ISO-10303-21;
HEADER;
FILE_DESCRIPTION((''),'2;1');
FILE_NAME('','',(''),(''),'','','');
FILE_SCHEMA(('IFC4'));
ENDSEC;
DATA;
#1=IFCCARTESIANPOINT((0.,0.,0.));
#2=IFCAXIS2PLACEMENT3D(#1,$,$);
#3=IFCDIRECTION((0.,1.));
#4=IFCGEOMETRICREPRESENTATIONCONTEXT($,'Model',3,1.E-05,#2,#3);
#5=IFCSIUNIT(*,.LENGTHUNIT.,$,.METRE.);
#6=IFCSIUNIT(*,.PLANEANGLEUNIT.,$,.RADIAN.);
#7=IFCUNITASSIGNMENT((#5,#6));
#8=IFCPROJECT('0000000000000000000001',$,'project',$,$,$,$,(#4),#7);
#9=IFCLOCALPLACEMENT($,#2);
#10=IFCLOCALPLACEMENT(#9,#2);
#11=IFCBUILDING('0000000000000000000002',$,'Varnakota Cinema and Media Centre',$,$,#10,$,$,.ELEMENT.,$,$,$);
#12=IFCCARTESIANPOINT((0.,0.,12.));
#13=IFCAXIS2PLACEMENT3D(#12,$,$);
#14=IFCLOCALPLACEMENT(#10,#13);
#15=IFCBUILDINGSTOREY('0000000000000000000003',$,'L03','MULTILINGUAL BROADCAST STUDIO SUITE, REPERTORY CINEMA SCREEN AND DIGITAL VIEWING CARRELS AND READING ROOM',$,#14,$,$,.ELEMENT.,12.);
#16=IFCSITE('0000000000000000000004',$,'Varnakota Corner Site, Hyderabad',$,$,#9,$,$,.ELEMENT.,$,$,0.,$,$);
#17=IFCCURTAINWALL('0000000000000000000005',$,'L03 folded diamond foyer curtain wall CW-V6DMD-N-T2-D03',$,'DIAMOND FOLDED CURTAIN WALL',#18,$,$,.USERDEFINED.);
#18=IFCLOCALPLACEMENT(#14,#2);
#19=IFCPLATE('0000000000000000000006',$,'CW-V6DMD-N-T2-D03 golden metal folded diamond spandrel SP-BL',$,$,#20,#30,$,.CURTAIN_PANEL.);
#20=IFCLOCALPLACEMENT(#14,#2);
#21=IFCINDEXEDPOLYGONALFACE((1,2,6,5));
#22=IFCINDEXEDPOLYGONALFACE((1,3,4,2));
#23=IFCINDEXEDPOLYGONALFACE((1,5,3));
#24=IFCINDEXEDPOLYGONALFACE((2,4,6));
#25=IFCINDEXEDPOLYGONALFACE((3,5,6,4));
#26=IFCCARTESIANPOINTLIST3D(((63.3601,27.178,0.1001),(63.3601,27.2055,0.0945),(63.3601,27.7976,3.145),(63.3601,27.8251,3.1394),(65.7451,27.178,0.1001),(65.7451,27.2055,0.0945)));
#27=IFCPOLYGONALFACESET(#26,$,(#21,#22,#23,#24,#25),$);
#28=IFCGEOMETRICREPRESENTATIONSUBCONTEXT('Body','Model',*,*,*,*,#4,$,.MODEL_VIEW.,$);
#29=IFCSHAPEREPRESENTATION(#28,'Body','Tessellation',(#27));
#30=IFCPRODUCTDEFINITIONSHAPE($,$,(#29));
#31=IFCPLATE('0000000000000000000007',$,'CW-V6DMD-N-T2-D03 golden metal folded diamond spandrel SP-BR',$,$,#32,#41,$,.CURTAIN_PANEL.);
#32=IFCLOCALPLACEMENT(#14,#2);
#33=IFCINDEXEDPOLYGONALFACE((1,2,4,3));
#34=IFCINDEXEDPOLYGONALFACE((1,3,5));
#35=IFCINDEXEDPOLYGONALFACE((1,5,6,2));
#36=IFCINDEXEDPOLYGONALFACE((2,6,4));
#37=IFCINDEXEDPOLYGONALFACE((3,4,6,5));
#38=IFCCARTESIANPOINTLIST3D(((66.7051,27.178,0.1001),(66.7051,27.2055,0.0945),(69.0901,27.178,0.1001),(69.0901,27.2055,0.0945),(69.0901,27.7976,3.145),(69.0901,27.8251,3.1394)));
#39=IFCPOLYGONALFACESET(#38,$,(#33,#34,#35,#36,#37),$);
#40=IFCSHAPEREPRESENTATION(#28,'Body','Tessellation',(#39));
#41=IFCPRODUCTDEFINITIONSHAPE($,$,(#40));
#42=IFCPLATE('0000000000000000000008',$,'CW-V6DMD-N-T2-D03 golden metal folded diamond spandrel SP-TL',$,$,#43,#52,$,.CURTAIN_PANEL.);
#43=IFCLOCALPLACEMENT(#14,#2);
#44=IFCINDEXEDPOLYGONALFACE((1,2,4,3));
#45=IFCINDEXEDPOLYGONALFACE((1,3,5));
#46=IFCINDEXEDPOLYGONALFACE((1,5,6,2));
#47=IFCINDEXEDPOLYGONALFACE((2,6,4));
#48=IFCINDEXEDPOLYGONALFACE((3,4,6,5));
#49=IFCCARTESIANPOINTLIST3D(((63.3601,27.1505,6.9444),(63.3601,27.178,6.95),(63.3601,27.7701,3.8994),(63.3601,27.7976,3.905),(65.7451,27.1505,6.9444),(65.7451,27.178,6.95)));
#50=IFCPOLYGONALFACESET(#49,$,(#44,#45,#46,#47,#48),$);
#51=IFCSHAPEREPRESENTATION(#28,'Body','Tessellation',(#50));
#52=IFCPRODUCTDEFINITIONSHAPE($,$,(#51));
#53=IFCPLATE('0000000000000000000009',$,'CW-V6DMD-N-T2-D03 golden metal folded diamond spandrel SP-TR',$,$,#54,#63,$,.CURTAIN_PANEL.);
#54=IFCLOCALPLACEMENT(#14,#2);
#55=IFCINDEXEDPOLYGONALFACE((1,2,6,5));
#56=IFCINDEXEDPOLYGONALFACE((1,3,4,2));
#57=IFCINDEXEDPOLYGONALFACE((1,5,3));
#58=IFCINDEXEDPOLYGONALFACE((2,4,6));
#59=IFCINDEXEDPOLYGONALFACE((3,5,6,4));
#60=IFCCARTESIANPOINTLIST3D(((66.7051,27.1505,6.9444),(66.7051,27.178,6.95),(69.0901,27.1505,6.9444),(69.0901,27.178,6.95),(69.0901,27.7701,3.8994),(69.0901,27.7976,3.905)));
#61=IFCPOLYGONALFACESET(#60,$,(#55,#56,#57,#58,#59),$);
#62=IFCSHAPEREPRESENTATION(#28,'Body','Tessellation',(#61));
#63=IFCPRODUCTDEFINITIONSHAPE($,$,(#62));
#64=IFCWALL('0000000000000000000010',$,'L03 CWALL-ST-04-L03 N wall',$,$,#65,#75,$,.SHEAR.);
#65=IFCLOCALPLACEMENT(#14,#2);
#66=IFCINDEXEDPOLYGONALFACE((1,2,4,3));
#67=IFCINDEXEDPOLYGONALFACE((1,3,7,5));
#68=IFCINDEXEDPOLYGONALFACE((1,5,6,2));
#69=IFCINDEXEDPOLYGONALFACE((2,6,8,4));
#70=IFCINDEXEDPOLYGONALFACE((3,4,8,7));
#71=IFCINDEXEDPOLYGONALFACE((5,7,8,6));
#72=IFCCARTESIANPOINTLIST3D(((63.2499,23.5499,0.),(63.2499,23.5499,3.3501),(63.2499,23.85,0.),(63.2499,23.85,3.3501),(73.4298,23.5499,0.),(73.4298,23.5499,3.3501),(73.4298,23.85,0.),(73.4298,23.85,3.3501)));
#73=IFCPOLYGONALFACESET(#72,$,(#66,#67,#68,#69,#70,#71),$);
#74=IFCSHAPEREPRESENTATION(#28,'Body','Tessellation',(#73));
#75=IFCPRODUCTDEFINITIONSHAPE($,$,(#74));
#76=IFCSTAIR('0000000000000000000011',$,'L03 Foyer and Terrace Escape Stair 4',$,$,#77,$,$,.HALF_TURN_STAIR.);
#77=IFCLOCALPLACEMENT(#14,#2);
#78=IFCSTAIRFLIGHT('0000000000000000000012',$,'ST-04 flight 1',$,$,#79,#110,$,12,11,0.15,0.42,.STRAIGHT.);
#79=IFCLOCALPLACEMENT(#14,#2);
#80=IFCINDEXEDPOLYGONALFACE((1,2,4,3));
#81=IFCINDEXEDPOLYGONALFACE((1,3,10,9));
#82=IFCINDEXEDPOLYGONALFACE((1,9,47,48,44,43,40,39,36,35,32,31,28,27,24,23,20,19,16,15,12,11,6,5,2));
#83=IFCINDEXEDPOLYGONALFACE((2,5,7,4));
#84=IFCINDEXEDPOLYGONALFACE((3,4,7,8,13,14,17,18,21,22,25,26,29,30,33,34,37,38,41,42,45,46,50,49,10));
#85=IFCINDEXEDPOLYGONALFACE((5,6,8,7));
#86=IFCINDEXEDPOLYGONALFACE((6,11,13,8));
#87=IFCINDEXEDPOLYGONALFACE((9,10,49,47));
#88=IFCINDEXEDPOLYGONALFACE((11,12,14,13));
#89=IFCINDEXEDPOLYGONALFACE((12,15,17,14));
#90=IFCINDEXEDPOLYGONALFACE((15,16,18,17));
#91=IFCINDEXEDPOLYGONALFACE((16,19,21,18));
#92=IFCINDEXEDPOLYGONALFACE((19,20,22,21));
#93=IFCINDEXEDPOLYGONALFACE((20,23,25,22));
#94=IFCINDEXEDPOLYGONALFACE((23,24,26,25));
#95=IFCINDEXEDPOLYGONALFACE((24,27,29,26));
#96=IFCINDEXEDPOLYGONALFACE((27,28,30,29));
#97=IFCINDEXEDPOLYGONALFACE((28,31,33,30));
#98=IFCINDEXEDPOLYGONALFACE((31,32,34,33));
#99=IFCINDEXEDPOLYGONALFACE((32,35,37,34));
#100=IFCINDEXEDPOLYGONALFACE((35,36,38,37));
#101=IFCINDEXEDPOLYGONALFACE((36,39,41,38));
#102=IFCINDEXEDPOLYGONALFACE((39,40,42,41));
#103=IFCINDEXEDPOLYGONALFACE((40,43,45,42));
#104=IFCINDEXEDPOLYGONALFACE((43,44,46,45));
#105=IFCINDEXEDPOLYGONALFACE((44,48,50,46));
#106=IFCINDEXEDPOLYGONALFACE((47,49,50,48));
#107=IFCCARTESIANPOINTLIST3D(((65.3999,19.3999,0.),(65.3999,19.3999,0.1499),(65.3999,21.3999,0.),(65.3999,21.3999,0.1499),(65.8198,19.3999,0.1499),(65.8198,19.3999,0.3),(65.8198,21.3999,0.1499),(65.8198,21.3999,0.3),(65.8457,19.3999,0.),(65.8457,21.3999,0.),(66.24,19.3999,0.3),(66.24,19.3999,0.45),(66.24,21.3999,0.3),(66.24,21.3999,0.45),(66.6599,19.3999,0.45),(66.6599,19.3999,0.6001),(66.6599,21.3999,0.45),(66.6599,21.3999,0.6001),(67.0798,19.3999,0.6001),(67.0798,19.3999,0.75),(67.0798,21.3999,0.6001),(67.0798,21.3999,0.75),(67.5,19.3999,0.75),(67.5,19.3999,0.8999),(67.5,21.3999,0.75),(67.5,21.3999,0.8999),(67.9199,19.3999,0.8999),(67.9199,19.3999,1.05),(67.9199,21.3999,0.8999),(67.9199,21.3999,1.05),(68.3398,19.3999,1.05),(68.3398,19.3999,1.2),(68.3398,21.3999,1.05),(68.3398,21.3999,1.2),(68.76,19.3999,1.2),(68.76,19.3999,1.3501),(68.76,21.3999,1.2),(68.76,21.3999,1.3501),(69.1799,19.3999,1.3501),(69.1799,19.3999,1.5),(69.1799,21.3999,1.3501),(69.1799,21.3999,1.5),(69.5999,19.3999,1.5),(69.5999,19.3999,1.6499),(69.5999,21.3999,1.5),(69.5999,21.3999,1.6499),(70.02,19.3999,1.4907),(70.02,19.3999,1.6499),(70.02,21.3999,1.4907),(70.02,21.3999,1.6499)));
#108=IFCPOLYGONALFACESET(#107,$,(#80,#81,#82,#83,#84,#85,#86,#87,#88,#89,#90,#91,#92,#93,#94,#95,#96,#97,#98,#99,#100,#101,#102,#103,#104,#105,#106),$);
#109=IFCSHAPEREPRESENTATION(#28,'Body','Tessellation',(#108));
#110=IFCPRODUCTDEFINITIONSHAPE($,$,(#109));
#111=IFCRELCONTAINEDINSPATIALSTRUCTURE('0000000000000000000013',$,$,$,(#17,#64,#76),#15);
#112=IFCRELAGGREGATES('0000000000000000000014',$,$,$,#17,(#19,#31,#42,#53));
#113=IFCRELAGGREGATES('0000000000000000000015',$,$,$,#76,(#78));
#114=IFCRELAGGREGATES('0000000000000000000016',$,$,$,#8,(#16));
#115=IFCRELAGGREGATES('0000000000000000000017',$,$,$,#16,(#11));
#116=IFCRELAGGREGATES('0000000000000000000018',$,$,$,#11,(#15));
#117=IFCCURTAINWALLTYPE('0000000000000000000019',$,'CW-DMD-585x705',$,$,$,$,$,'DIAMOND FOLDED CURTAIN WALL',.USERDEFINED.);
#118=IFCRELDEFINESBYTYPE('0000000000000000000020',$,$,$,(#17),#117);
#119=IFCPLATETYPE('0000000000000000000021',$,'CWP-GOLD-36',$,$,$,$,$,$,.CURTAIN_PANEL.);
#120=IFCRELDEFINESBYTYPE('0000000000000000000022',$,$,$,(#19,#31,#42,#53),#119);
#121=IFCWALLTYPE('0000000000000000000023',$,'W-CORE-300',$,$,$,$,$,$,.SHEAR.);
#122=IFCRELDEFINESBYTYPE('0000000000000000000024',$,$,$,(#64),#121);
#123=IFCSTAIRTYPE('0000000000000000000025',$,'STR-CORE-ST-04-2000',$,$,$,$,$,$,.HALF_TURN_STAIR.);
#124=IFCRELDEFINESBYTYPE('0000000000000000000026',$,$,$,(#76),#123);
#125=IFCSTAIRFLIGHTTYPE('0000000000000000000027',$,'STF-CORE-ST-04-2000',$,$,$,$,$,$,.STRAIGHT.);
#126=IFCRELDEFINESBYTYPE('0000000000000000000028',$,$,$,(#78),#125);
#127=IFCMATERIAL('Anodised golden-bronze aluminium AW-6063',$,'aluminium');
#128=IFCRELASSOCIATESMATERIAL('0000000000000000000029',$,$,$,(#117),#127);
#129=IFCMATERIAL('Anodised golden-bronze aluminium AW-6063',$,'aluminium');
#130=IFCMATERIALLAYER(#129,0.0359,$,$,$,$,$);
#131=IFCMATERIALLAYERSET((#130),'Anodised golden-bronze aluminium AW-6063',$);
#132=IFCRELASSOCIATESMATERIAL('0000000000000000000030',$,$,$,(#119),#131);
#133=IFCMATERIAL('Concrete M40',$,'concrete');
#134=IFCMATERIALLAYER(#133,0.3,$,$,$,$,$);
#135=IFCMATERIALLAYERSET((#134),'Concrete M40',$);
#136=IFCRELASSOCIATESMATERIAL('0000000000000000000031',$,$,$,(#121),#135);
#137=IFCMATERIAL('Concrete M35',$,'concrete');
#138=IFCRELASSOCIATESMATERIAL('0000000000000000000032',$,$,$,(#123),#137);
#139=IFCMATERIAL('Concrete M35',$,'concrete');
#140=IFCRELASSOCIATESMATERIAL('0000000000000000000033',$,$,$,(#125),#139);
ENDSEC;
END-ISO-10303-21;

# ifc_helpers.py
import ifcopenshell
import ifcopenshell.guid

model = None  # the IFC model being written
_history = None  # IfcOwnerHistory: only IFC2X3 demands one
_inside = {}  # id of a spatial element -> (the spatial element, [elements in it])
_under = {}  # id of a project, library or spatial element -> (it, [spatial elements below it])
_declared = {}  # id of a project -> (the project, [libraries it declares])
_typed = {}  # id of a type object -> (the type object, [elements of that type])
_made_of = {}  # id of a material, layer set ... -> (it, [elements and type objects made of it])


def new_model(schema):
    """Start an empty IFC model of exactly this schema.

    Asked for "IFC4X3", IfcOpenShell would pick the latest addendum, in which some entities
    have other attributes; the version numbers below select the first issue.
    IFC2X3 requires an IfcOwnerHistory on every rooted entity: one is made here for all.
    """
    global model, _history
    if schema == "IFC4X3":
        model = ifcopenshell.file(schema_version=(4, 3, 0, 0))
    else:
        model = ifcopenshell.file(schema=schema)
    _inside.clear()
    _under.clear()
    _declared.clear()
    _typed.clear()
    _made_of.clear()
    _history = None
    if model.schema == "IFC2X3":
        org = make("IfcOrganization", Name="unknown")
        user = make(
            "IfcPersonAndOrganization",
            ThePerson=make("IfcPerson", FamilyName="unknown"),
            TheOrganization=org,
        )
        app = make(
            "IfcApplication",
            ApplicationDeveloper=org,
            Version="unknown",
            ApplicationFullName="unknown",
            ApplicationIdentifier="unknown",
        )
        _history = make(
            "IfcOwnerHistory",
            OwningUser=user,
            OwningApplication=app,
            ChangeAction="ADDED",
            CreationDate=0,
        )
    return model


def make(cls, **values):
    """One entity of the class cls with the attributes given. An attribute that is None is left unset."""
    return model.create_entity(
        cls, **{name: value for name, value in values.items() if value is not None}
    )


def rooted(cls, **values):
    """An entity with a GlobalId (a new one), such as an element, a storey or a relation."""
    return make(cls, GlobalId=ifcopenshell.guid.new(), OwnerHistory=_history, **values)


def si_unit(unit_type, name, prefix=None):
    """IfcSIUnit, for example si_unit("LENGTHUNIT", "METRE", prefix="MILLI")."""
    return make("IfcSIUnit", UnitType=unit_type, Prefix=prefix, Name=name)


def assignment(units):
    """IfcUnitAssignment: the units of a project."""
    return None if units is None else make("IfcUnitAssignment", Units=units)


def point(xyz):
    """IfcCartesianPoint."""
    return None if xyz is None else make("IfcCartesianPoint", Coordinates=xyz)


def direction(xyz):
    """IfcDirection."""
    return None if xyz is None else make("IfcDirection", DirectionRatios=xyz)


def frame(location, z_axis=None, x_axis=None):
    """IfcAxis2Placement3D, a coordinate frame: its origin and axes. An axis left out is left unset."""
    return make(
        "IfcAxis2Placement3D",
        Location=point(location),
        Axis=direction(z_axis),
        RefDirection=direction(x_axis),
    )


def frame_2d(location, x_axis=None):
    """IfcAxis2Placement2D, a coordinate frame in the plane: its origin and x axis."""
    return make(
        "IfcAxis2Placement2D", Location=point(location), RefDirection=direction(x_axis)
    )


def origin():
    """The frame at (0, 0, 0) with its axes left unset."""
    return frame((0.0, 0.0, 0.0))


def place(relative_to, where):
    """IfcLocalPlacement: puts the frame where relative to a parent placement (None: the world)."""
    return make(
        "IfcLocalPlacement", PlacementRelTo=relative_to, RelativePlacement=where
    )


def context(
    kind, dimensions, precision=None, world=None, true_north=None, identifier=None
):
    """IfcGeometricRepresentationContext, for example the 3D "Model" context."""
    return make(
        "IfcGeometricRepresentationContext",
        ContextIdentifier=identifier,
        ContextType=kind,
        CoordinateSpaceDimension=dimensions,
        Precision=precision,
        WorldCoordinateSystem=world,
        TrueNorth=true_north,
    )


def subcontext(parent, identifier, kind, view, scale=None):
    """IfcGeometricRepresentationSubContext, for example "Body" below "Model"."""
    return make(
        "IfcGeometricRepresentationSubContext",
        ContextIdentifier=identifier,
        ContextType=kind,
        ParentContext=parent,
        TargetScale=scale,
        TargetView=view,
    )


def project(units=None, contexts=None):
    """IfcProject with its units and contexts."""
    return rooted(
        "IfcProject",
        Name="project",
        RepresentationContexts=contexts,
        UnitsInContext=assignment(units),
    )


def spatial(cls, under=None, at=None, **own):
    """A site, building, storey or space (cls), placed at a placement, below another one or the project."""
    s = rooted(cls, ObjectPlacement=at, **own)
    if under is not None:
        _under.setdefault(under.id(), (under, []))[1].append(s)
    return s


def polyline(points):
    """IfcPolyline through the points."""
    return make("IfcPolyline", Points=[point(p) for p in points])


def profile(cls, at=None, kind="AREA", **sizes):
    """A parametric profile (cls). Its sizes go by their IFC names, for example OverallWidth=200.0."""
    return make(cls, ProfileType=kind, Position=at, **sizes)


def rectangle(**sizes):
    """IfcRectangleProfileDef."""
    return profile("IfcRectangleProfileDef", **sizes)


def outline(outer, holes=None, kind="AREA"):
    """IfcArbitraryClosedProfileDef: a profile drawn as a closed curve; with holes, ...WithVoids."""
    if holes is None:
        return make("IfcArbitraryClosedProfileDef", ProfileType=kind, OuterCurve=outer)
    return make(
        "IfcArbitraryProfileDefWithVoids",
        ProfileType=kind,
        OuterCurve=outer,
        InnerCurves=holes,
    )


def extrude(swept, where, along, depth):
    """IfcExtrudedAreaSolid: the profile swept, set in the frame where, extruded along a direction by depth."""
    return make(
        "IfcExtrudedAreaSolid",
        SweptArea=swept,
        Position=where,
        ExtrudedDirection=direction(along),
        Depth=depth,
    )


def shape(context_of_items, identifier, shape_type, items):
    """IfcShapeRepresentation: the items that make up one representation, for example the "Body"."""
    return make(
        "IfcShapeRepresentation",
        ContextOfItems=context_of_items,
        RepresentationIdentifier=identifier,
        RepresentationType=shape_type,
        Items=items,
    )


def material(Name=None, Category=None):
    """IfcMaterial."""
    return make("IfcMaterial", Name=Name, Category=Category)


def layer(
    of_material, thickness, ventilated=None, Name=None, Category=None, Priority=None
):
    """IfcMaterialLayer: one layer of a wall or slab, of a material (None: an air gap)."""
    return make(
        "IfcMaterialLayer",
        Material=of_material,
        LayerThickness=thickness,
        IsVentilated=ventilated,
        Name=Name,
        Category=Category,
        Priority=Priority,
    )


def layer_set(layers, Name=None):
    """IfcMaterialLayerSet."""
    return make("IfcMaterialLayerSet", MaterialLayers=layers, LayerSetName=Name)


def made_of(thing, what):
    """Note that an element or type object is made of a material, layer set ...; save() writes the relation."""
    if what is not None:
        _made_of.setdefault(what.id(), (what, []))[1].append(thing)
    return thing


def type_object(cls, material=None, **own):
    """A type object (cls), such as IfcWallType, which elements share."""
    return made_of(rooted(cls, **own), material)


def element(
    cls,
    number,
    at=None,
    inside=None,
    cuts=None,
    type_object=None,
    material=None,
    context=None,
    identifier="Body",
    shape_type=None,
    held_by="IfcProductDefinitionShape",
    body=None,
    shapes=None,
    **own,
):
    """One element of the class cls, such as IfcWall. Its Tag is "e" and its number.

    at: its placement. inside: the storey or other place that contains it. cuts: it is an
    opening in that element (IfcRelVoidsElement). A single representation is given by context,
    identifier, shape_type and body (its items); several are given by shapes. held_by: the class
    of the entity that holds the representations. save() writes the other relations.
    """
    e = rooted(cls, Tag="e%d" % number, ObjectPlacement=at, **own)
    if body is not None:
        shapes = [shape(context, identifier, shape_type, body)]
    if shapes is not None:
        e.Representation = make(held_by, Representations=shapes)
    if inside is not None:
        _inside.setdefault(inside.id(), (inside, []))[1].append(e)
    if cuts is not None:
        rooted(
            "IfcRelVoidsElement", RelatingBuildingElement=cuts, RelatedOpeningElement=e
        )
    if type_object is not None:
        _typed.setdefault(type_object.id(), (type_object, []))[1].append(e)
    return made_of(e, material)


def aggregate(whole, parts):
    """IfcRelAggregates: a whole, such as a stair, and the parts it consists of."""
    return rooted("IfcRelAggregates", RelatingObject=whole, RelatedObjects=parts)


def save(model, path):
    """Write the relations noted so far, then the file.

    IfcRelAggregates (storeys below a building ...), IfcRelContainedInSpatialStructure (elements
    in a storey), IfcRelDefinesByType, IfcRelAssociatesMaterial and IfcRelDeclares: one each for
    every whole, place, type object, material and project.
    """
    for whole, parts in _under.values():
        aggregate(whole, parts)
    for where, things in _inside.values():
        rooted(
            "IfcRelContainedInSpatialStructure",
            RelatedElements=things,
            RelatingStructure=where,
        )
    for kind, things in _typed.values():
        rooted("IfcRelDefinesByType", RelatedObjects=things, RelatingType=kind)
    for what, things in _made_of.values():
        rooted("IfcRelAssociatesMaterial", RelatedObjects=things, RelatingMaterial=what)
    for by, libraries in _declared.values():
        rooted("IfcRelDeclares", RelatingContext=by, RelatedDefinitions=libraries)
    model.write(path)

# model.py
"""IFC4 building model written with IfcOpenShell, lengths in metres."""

from ifc_helpers import new_model, si_unit, direction, frame, frame_2d, origin, place, context, subcontext, project, spatial, polyline, rectangle, outline, extrude, material, layer, layer_set, type_object, element, aggregate, save


model = new_model("IFC4")

# Units and contexts
model_context = context("Model", 3, precision=1e-05, world=origin(), true_north=direction((0.0, 1.0)))
body_context = subcontext(model_context, "Body", "Model", "MODEL_VIEW")
ifc_project = project(units=[si_unit("LENGTHUNIT", "METRE"), si_unit("PLANEANGLEUNIT", "RADIAN")], contexts=[model_context])

# Site, building, storey
site_placement = place(None, origin())
site = spatial("IfcSite", under=ifc_project, at=site_placement, Name="Varnakota Corner Site, Hyderabad", CompositionType="ELEMENT", RefElevation=0.0)
building_placement = place(site_placement, origin())
building = spatial("IfcBuilding", under=site, at=building_placement, Name="Varnakota Cinema and Media Centre", CompositionType="ELEMENT")
storey_placement = place(building_placement, frame((0.0, 0.0, 12.0)))
storey = spatial("IfcBuildingStorey", under=building, at=storey_placement, Name="L03", Description="MULTILINGUAL BROADCAST STUDIO SUITE, REPERTORY CINEMA SCREEN AND DIGITAL VIEWING CARRELS AND READING ROOM", CompositionType="ELEMENT", Elevation=12.0)

# Curtain wall
ifc_material_1 = material(Name="Anodised golden-bronze aluminium AW-6063", Category="aluminium")
curtain_wall_type = type_object("IfcCurtainWallType", Name="CW-DMD-585x705", ElementType="DIAMOND FOLDED CURTAIN WALL", PredefinedType="USERDEFINED", material=ifc_material_1)
curtain_wall_1_placement = place(storey_placement, origin())
curtain_wall_1 = element("IfcCurtainWall", 1, at=curtain_wall_1_placement, inside=storey, type_object=curtain_wall_type, Name="L03 folded diamond foyer curtain wall CW-V6DMD-N-T2-D03", ObjectType="DIAMOND FOLDED CURTAIN WALL", PredefinedType="USERDEFINED")

# Shared definitions
ifc_material_2 = material(Name="Anodised golden-bronze aluminium AW-6063", Category="aluminium")
ifc_layer_1 = layer(ifc_material_2, 0.0359)
ifc_layer_set_1 = layer_set([ifc_layer_1], Name="Anodised golden-bronze aluminium AW-6063")
plate_type_1 = type_object("IfcPlateType", Name="CWP-GOLD-36", PredefinedType="CURTAIN_PANEL", material=ifc_layer_set_1)

# Plates
plate_1_placement = place(storey_placement, frame((63.3601, 27.178, 0.1001), z_axis=(0.0, -0.979916, 0.199409), x_axis=(1.0, 0.0, 0.0)))
plate_1 = element("IfcPlate", 2, at=plate_1_placement, type_object=plate_type_1, Name="CW-V6DMD-N-T2-D03 golden metal folded diamond spandrel SP-BL", PredefinedType="CURTAIN_PANEL", context=body_context, shape_type="SweptSolid", body=[
    extrude(outline(polyline([(0.0, 0.0), (2.385, 0.0), (0.0, 3.1073), (0.0, 0.0)])), origin(), (0.0, 0.0, -1.0), 0.0281),
])
plate_2_placement = place(storey_placement, frame((66.7051, 27.178, 0.1001), z_axis=(0.0, -0.979916, 0.199409), x_axis=(1.0, 0.0, 0.0)))
plate_2 = element("IfcPlate", 3, at=plate_2_placement, type_object=plate_type_1, Name="CW-V6DMD-N-T2-D03 golden metal folded diamond spandrel SP-BR", PredefinedType="CURTAIN_PANEL", context=body_context, shape_type="SweptSolid", body=[
    extrude(outline(polyline([(0.0, 0.0), (2.385, 0.0), (2.385, 3.1073), (0.0, 0.0)])), origin(), (0.0, 0.0, -1.0), 0.0281),
])
plate_3_placement = place(storey_placement, frame((63.3601, 27.7976, 3.905), z_axis=(0.0, 0.979916, 0.199409), x_axis=(0.60887, -0.158185, 0.777339)))
plate_3 = element("IfcPlate", 4, at=plate_3_placement, type_object=plate_type_1, Name="CW-V6DMD-N-T2-D03 golden metal folded diamond spandrel SP-TL", PredefinedType="CURTAIN_PANEL", context=body_context, shape_type="SweptSolid", body=[
    extrude(outline(polyline([(0.0, 0.0), (3.9171, 0.0), (2.465, -1.892), (0.0, 0.0)])), origin(), (0.0, 0.0, -1.0), 0.0281),
])
plate_4_placement = place(storey_placement, frame((69.0901, 27.7976, 3.905), z_axis=(0.0, 0.979916, 0.199409), x_axis=(0.0, -0.199409, 0.979916)))
plate_4 = element("IfcPlate", 5, at=plate_4_placement, type_object=plate_type_1, Name="CW-V6DMD-N-T2-D03 golden metal folded diamond spandrel SP-TR", PredefinedType="CURTAIN_PANEL", context=body_context, shape_type="SweptSolid", body=[
    extrude(outline(polyline([(0.0, 0.0), (3.1073, 0.0), (3.1073, -2.385), (0.0, 0.0)])), origin(), (0.0, 0.0, -1.0), 0.0281),
])
aggregate(curtain_wall_1, [plate_1, plate_2, plate_3, plate_4])

# Shared definitions
ifc_material_3 = material(Name="Concrete M40", Category="concrete")
ifc_layer_2 = layer(ifc_material_3, 0.3)
ifc_layer_set_2 = layer_set([ifc_layer_2], Name="Concrete M40")
wall_type = type_object("IfcWallType", Name="W-CORE-300", PredefinedType="SHEAR", material=ifc_layer_set_2)

# Wall
wall_1_placement = place(storey_placement, frame((63.25, 23.7, 0.0), z_axis=(0.0, 0.0, 1.0), x_axis=(1.0, 0.0, 0.0)))
element("IfcWall", 6, at=wall_1_placement, inside=storey, type_object=wall_type, Name="L03 CWALL-ST-04-L03 N wall", PredefinedType="SHEAR", context=body_context, shape_type="SweptSolid", body=[
    extrude(rectangle(XDim=10.1799, YDim=0.3, at=frame_2d((5.0898, 0.0))), origin(), (0.0, 0.0, 1.0), 3.3501),
])

# Stair, stair flight
ifc_material_4 = material(Name="Concrete M35", Category="concrete")
stair_type = type_object("IfcStairType", Name="STR-CORE-ST-04-2000", PredefinedType="HALF_TURN_STAIR", material=ifc_material_4)
stair_placement = place(storey_placement, origin())
stair = element("IfcStair", 7, at=stair_placement, inside=storey, type_object=stair_type, Name="L03 Foyer and Terrace Escape Stair 4", PredefinedType="HALF_TURN_STAIR")
ifc_material_5 = material(Name="Concrete M35", Category="concrete")
stair_flight_type = type_object("IfcStairFlightType", Name="STF-CORE-ST-04-2000", PredefinedType="STRAIGHT", material=ifc_material_5)
stair_flight_placement = place(storey_placement, frame((65.3999, 20.3999, 0.0), z_axis=(0.0, 0.0, 1.0), x_axis=(1.0, 0.0, 0.0)))
stair_flight = element("IfcStairFlight", 8, at=stair_flight_placement, type_object=stair_flight_type, Name="ST-04 flight 1", NumberOfRisers=12, NumberOfTreads=11, PredefinedType="STRAIGHT", RiserHeight=0.15, TreadLength=0.42, context=body_context, shape_type="SweptSolid", body=[
    extrude(outline(polyline([(0.0, 0.0), (0.0, 0.1499), (0.4199, 0.1499), (0.4199, 0.3), (0.8401, 0.3), (0.8401, 0.45), (1.26, 0.45), (1.26, 0.6001), (1.6799, 0.6001), (1.6799, 0.75), (2.1001, 0.75), (2.1001, 0.8999), (2.52, 0.8999), (2.52, 1.05), (2.9399, 1.05), (2.9399, 1.2), (3.3601, 1.2), (3.3601, 1.3501), (3.78, 1.3501), (3.78, 1.5), (4.2, 1.5), (4.2, 1.6499), (4.6201, 1.6499), (4.6201, 1.8), (4.6201, 1.4907), (0.4458, 0.0), (0.0, 0.0)])), frame((0.0, 1.0, 0.0), z_axis=(0.0, -1.0, 0.0), x_axis=(1.0, 0.0, 0.0)), (0.0, 0.0, 1.0), 2.0),
])
aggregate(stair, [stair_flight])

save(model, "model.ifc")
